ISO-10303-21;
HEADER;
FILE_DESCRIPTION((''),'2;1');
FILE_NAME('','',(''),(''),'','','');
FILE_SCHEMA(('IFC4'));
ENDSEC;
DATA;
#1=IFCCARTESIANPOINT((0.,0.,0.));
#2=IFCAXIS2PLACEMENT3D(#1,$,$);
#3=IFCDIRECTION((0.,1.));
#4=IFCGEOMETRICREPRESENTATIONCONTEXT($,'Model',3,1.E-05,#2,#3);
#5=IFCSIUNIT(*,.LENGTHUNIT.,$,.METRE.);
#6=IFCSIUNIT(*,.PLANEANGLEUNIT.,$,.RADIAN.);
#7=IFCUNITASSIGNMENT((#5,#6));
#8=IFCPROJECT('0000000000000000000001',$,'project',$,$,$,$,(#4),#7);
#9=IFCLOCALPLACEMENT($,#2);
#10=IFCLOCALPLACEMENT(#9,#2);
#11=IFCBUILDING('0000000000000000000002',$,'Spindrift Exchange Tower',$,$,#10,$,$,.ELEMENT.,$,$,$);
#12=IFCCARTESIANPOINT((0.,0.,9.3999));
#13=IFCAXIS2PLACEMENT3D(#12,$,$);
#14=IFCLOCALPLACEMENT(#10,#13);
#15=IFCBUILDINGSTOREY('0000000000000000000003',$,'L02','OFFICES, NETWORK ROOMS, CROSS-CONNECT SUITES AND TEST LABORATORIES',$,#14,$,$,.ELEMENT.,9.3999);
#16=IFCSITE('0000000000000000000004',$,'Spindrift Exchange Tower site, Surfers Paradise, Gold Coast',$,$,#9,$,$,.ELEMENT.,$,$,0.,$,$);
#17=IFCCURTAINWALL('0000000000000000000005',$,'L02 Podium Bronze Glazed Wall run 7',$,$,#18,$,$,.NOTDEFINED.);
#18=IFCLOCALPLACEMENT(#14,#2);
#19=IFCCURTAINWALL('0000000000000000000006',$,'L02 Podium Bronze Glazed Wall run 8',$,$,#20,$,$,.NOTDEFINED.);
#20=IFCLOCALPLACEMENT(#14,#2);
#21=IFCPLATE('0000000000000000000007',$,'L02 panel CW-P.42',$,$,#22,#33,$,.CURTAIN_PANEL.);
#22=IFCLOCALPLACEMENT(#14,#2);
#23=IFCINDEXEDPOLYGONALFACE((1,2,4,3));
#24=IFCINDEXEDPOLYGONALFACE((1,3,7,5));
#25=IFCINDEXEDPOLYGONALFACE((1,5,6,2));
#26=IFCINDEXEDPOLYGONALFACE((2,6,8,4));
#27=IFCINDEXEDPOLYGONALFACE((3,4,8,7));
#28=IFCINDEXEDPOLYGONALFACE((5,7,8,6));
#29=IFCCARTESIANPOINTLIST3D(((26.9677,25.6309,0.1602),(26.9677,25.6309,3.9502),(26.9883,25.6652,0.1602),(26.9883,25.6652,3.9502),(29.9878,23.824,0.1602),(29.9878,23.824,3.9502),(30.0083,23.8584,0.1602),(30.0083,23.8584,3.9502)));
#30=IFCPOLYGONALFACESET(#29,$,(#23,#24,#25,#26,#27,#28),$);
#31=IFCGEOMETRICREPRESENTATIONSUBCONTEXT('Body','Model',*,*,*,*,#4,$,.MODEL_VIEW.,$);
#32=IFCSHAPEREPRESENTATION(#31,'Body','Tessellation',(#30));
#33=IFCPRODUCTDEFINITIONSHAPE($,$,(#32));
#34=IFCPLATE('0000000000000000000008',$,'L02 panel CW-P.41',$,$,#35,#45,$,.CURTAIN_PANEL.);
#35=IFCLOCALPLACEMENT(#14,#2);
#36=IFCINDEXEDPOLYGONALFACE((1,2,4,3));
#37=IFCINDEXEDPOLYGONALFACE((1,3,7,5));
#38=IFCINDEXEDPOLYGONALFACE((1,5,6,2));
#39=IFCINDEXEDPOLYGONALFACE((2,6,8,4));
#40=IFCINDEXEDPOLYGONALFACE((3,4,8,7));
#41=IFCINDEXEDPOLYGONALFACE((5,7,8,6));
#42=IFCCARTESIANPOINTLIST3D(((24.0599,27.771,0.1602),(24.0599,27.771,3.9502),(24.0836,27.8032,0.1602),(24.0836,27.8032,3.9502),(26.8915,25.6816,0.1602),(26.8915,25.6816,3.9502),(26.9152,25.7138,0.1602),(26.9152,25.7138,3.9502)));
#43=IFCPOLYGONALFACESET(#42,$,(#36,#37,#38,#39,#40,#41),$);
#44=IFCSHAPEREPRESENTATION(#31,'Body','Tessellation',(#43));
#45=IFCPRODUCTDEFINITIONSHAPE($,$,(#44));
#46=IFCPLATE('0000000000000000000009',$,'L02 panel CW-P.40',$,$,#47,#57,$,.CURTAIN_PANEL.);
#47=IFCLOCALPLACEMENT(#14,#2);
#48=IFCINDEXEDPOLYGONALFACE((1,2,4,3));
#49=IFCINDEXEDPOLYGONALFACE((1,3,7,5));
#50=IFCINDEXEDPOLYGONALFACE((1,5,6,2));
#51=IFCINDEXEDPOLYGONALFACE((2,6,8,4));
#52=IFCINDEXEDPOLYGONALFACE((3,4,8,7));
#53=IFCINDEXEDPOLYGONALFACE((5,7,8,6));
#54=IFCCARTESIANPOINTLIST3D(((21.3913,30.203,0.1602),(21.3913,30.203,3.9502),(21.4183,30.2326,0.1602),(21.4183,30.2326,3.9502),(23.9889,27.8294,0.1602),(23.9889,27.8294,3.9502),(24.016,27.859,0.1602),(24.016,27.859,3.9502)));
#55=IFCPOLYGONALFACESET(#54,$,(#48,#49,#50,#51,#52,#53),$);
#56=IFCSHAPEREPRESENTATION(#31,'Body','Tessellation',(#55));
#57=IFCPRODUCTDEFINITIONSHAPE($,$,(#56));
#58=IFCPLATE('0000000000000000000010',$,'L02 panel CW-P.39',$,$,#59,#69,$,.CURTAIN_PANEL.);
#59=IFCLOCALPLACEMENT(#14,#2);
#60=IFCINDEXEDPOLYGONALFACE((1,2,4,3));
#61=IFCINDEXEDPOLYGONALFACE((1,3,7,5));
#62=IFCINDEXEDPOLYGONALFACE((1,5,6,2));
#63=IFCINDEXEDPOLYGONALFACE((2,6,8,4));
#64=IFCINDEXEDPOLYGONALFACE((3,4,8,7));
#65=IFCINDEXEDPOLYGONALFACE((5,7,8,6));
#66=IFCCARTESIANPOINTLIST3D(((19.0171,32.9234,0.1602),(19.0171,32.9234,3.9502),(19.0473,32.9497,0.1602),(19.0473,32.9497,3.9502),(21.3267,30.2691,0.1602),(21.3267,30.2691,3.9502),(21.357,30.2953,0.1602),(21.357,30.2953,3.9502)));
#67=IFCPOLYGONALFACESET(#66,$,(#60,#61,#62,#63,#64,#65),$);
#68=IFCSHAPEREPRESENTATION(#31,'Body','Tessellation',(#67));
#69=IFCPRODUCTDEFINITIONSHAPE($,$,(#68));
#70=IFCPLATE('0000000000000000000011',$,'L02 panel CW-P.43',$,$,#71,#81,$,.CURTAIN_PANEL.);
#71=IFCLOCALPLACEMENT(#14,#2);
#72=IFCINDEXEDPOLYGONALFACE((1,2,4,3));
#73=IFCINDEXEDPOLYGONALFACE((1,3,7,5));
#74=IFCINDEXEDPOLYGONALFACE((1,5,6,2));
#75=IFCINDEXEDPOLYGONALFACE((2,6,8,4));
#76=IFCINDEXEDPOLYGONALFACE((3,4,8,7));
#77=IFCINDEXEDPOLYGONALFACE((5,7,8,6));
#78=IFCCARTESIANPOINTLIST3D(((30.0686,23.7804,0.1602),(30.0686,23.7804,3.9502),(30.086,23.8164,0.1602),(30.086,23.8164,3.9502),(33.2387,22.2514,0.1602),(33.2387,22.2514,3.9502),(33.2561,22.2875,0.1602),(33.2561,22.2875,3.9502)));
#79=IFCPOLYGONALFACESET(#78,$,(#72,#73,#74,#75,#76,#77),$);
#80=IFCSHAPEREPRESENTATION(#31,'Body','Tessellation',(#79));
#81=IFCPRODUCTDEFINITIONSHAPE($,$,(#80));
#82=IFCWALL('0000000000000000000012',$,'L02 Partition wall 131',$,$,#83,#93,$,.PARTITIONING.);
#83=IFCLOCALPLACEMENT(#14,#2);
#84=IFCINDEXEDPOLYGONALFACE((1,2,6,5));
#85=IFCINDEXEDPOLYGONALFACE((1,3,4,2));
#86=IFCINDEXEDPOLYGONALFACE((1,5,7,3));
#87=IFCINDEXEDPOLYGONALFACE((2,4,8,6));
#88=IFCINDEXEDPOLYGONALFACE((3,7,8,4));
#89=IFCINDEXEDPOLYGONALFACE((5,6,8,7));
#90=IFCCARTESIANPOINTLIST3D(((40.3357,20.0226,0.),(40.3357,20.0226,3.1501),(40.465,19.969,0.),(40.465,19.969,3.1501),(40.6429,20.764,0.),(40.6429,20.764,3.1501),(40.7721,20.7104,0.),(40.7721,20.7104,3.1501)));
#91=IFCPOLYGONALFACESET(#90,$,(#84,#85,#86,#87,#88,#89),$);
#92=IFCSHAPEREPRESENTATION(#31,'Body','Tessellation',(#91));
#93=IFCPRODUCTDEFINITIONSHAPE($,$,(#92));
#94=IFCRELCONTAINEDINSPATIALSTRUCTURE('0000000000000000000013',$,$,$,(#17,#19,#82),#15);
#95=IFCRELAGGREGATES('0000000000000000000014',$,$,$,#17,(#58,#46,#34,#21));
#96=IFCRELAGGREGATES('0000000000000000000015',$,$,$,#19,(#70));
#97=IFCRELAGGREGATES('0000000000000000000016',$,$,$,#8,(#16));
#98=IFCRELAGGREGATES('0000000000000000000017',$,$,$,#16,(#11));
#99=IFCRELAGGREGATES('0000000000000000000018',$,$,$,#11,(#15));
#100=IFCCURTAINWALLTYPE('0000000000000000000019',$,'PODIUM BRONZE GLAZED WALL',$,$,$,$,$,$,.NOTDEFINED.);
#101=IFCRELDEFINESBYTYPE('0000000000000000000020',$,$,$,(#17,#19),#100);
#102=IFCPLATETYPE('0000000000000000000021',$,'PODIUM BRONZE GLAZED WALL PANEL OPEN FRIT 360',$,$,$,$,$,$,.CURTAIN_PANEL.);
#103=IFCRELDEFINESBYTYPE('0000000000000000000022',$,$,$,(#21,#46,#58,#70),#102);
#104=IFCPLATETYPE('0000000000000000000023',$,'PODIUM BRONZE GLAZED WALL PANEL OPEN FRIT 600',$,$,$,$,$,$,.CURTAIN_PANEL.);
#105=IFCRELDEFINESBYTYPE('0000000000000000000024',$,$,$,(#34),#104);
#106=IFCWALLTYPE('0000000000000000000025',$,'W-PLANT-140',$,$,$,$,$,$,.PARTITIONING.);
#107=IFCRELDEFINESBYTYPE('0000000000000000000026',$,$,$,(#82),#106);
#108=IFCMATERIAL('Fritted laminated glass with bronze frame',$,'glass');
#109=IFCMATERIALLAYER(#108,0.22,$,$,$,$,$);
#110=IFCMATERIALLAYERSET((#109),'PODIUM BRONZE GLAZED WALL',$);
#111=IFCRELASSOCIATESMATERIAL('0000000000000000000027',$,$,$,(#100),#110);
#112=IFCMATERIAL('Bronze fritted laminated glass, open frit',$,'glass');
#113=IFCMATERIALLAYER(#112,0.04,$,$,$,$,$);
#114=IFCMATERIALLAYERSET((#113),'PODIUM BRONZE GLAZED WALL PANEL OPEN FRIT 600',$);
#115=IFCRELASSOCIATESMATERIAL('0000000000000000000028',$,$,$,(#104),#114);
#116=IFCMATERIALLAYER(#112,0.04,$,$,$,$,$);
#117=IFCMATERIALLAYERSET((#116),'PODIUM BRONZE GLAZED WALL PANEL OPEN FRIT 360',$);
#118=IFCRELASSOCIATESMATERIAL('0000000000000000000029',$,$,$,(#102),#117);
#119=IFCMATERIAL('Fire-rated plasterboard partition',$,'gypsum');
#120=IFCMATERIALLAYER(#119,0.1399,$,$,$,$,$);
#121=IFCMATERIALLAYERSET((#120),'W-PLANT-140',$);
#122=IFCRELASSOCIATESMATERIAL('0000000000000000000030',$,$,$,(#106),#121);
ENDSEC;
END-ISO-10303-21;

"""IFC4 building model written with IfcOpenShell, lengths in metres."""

from ifc_helpers import new_model, si_unit, direction, frame, frame_2d, origin, origin_2d, place, context, subcontext, project, spatial, rectangle, extrude, source, transform, mapped, material, layer, layer_set, type_object, element, aggregate, save


model = new_model("IFC4")

# Units and contexts
model_context = context("Model", 3, precision=1e-05, world=origin(), true_north=direction((0.0, 1.0)))
body_context = subcontext(model_context, "Body", "Model", "MODEL_VIEW")
ifc_project = project(units=[si_unit("LENGTHUNIT", "METRE"), si_unit("PLANEANGLEUNIT", "RADIAN")], contexts=[model_context])

# Site, building, storey
site_placement = place(None, origin())
site = spatial("IfcSite", under=ifc_project, at=site_placement, Name="Spindrift Exchange Tower site, Surfers Paradise, Gold Coast", CompositionType="ELEMENT", RefElevation=0.0)
building_placement = place(site_placement, origin())
building = spatial("IfcBuilding", under=site, at=building_placement, Name="Spindrift Exchange Tower", CompositionType="ELEMENT")
storey_placement = place(building_placement, frame((0.0, 0.0, 9.3999)))
storey = spatial("IfcBuildingStorey", under=building, at=storey_placement, Name="L02", Description="OFFICES, NETWORK ROOMS, CROSS-CONNECT SUITES AND TEST LABORATORIES", CompositionType="ELEMENT", Elevation=9.3999)

# Curtain walls
ifc_material_1 = material(Name="Fritted laminated glass with bronze frame", Category="glass")
ifc_layer_1 = layer(ifc_material_1, 0.22)
ifc_layer_set_1 = layer_set([ifc_layer_1], Name="PODIUM BRONZE GLAZED WALL")
curtain_wall_type = type_object("IfcCurtainWallType", Name="PODIUM BRONZE GLAZED WALL", PredefinedType="NOTDEFINED", material=ifc_layer_set_1)
curtain_wall_1_placement = place(storey_placement, origin())
curtain_wall_1 = element("IfcCurtainWall", 1, at=curtain_wall_1_placement, inside=storey, type_object=curtain_wall_type, Name="L02 Podium Bronze Glazed Wall run 7", PredefinedType="NOTDEFINED")
curtain_wall_2_placement = place(storey_placement, origin())
curtain_wall_2 = element("IfcCurtainWall", 2, at=curtain_wall_2_placement, inside=storey, type_object=curtain_wall_type, Name="L02 Podium Bronze Glazed Wall run 8", PredefinedType="NOTDEFINED")

# Plates
ifc_material_2 = material(Name="Bronze fritted laminated glass, open frit", Category="glass")
ifc_layer_2 = layer(ifc_material_2, 0.04)
ifc_layer_set_2 = layer_set([ifc_layer_2], Name="PODIUM BRONZE GLAZED WALL PANEL OPEN FRIT 600")
plate_type_1 = type_object("IfcPlateType", Name="PODIUM BRONZE GLAZED WALL PANEL OPEN FRIT 600", PredefinedType="CURTAIN_PANEL", material=ifc_layer_set_2)
ifc_layer_3 = layer(ifc_material_2, 0.04)
ifc_layer_set_3 = layer_set([ifc_layer_3], Name="PODIUM BRONZE GLAZED WALL PANEL OPEN FRIT 360")
plate_type_2 = type_object("IfcPlateType", Name="PODIUM BRONZE GLAZED WALL PANEL OPEN FRIT 360", PredefinedType="CURTAIN_PANEL", material=ifc_layer_set_3)
shared_shape_1 = source(origin(), body_context, "Body", "SweptSolid", [
    extrude(rectangle(XDim=3.5193, YDim=0.04, at=origin_2d()), origin(), (0.0, 0.0, 1.0), 3.79),
])
plate_1_placement = place(storey_placement, frame((28.488, 24.7446, 0.1602), z_axis=(0.0, 0.0, 1.0), x_axis=(0.858137, -0.51342, 0.0)))
plate_1 = element("IfcPlate", 3, at=plate_1_placement, type_object=plate_type_2, Name="L02 panel CW-P.42", PredefinedType="CURTAIN_PANEL", context=body_context, shape_type="MappedRepresentation", body=[
    mapped(shared_shape_1, transform((0.0, 0.0, 0.0), scale=1.0)),
])
shared_shape_2 = source(origin(), body_context, "Body", "SweptSolid", [
    extrude(rectangle(XDim=3.519, YDim=0.04, at=origin_2d()), origin(), (0.0, 0.0, 1.0), 3.79),
])
plate_2_placement = place(storey_placement, frame((25.4875, 26.7424, 0.1602), z_axis=(0.0, 0.0, 1.0), x_axis=(0.804658, -0.593739, 0.0)))
plate_2 = element("IfcPlate", 4, at=plate_2_placement, type_object=plate_type_1, Name="L02 panel CW-P.41", PredefinedType="CURTAIN_PANEL", context=body_context, shape_type="MappedRepresentation", body=[
    mapped(shared_shape_2, transform((0.0, 0.0, 0.0), scale=1.0)),
])
shared_shape_3 = source(origin(), body_context, "Body", "SweptSolid", [
    extrude(rectangle(XDim=3.5188, YDim=0.04, at=origin_2d()), origin(), (0.0, 0.0, 1.0), 3.79),
])
plate_3_placement = place(storey_placement, frame((22.7036, 29.031, 0.1602), z_axis=(0.0, 0.0, 1.0), x_axis=(0.738228, -0.674551, 0.0)))
plate_3 = element("IfcPlate", 5, at=plate_3_placement, type_object=plate_type_2, Name="L02 panel CW-P.40", PredefinedType="CURTAIN_PANEL", context=body_context, shape_type="MappedRepresentation", body=[
    mapped(shared_shape_3, transform((0.0, 0.0, 0.0), scale=1.0)),
])
shared_shape_4 = source(origin(), body_context, "Body", "SweptSolid", [
    extrude(rectangle(XDim=3.5186, YDim=0.04, at=origin_2d()), origin(), (0.0, 0.0, 1.0), 3.79),
])
plate_4_placement = place(storey_placement, frame((20.187, 31.6094, 0.1602), z_axis=(0.0, 0.0, 1.0), x_axis=(0.656426, -0.75439, 0.0)))
plate_4 = element("IfcPlate", 6, at=plate_4_placement, type_object=plate_type_2, Name="L02 panel CW-P.39", PredefinedType="CURTAIN_PANEL", context=body_context, shape_type="MappedRepresentation", body=[
    mapped(shared_shape_4, transform((0.0, 0.0, 0.0), scale=1.0)),
])
aggregate(curtain_wall_1, [plate_4, plate_3, plate_2, plate_1])
shared_shape_5 = source(origin(), body_context, "Body", "SweptSolid", [
    extrude(rectangle(XDim=3.5195, YDim=0.04, at=origin_2d()), origin(), (0.0, 0.0, 1.0), 3.79),
])
plate_5_placement = place(storey_placement, frame((31.6624, 23.0339, 0.1602), z_axis=(0.0, 0.0, 1.0), x_axis=(0.900714, -0.434412, 0.0)))
plate_5 = element("IfcPlate", 7, at=plate_5_placement, type_object=plate_type_2, Name="L02 panel CW-P.43", PredefinedType="CURTAIN_PANEL", context=body_context, shape_type="MappedRepresentation", body=[
    mapped(shared_shape_5, transform((0.0, 0.0, 0.0), scale=1.0)),
])
aggregate(curtain_wall_2, [plate_5])

# Wall
ifc_material_3 = material(Name="Fire-rated plasterboard partition", Category="gypsum")
ifc_layer_4 = layer(ifc_material_3, 0.1399)
ifc_layer_set_4 = layer_set([ifc_layer_4], Name="W-PLANT-140")
wall_type = type_object("IfcWallType", Name="W-PLANT-140", PredefinedType="PARTITIONING", material=ifc_layer_set_4)
wall_placement = place(storey_placement, frame((40.7075, 20.7373, 0.0), z_axis=(0.0, 0.0, 1.0), x_axis=(-0.382692, -0.923876, 0.0)))
element("IfcWall", 8, at=wall_placement, inside=storey, type_object=wall_type, Name="L02 Partition wall 131", PredefinedType="PARTITIONING", context=body_context, shape_type="SweptSolid", body=[
    extrude(rectangle(XDim=0.8025, YDim=0.1399, at=frame_2d((0.4014, 0.0))), origin(), (0.0, 0.0, 1.0), 3.1501),
])

save(model, "model.ifc")
